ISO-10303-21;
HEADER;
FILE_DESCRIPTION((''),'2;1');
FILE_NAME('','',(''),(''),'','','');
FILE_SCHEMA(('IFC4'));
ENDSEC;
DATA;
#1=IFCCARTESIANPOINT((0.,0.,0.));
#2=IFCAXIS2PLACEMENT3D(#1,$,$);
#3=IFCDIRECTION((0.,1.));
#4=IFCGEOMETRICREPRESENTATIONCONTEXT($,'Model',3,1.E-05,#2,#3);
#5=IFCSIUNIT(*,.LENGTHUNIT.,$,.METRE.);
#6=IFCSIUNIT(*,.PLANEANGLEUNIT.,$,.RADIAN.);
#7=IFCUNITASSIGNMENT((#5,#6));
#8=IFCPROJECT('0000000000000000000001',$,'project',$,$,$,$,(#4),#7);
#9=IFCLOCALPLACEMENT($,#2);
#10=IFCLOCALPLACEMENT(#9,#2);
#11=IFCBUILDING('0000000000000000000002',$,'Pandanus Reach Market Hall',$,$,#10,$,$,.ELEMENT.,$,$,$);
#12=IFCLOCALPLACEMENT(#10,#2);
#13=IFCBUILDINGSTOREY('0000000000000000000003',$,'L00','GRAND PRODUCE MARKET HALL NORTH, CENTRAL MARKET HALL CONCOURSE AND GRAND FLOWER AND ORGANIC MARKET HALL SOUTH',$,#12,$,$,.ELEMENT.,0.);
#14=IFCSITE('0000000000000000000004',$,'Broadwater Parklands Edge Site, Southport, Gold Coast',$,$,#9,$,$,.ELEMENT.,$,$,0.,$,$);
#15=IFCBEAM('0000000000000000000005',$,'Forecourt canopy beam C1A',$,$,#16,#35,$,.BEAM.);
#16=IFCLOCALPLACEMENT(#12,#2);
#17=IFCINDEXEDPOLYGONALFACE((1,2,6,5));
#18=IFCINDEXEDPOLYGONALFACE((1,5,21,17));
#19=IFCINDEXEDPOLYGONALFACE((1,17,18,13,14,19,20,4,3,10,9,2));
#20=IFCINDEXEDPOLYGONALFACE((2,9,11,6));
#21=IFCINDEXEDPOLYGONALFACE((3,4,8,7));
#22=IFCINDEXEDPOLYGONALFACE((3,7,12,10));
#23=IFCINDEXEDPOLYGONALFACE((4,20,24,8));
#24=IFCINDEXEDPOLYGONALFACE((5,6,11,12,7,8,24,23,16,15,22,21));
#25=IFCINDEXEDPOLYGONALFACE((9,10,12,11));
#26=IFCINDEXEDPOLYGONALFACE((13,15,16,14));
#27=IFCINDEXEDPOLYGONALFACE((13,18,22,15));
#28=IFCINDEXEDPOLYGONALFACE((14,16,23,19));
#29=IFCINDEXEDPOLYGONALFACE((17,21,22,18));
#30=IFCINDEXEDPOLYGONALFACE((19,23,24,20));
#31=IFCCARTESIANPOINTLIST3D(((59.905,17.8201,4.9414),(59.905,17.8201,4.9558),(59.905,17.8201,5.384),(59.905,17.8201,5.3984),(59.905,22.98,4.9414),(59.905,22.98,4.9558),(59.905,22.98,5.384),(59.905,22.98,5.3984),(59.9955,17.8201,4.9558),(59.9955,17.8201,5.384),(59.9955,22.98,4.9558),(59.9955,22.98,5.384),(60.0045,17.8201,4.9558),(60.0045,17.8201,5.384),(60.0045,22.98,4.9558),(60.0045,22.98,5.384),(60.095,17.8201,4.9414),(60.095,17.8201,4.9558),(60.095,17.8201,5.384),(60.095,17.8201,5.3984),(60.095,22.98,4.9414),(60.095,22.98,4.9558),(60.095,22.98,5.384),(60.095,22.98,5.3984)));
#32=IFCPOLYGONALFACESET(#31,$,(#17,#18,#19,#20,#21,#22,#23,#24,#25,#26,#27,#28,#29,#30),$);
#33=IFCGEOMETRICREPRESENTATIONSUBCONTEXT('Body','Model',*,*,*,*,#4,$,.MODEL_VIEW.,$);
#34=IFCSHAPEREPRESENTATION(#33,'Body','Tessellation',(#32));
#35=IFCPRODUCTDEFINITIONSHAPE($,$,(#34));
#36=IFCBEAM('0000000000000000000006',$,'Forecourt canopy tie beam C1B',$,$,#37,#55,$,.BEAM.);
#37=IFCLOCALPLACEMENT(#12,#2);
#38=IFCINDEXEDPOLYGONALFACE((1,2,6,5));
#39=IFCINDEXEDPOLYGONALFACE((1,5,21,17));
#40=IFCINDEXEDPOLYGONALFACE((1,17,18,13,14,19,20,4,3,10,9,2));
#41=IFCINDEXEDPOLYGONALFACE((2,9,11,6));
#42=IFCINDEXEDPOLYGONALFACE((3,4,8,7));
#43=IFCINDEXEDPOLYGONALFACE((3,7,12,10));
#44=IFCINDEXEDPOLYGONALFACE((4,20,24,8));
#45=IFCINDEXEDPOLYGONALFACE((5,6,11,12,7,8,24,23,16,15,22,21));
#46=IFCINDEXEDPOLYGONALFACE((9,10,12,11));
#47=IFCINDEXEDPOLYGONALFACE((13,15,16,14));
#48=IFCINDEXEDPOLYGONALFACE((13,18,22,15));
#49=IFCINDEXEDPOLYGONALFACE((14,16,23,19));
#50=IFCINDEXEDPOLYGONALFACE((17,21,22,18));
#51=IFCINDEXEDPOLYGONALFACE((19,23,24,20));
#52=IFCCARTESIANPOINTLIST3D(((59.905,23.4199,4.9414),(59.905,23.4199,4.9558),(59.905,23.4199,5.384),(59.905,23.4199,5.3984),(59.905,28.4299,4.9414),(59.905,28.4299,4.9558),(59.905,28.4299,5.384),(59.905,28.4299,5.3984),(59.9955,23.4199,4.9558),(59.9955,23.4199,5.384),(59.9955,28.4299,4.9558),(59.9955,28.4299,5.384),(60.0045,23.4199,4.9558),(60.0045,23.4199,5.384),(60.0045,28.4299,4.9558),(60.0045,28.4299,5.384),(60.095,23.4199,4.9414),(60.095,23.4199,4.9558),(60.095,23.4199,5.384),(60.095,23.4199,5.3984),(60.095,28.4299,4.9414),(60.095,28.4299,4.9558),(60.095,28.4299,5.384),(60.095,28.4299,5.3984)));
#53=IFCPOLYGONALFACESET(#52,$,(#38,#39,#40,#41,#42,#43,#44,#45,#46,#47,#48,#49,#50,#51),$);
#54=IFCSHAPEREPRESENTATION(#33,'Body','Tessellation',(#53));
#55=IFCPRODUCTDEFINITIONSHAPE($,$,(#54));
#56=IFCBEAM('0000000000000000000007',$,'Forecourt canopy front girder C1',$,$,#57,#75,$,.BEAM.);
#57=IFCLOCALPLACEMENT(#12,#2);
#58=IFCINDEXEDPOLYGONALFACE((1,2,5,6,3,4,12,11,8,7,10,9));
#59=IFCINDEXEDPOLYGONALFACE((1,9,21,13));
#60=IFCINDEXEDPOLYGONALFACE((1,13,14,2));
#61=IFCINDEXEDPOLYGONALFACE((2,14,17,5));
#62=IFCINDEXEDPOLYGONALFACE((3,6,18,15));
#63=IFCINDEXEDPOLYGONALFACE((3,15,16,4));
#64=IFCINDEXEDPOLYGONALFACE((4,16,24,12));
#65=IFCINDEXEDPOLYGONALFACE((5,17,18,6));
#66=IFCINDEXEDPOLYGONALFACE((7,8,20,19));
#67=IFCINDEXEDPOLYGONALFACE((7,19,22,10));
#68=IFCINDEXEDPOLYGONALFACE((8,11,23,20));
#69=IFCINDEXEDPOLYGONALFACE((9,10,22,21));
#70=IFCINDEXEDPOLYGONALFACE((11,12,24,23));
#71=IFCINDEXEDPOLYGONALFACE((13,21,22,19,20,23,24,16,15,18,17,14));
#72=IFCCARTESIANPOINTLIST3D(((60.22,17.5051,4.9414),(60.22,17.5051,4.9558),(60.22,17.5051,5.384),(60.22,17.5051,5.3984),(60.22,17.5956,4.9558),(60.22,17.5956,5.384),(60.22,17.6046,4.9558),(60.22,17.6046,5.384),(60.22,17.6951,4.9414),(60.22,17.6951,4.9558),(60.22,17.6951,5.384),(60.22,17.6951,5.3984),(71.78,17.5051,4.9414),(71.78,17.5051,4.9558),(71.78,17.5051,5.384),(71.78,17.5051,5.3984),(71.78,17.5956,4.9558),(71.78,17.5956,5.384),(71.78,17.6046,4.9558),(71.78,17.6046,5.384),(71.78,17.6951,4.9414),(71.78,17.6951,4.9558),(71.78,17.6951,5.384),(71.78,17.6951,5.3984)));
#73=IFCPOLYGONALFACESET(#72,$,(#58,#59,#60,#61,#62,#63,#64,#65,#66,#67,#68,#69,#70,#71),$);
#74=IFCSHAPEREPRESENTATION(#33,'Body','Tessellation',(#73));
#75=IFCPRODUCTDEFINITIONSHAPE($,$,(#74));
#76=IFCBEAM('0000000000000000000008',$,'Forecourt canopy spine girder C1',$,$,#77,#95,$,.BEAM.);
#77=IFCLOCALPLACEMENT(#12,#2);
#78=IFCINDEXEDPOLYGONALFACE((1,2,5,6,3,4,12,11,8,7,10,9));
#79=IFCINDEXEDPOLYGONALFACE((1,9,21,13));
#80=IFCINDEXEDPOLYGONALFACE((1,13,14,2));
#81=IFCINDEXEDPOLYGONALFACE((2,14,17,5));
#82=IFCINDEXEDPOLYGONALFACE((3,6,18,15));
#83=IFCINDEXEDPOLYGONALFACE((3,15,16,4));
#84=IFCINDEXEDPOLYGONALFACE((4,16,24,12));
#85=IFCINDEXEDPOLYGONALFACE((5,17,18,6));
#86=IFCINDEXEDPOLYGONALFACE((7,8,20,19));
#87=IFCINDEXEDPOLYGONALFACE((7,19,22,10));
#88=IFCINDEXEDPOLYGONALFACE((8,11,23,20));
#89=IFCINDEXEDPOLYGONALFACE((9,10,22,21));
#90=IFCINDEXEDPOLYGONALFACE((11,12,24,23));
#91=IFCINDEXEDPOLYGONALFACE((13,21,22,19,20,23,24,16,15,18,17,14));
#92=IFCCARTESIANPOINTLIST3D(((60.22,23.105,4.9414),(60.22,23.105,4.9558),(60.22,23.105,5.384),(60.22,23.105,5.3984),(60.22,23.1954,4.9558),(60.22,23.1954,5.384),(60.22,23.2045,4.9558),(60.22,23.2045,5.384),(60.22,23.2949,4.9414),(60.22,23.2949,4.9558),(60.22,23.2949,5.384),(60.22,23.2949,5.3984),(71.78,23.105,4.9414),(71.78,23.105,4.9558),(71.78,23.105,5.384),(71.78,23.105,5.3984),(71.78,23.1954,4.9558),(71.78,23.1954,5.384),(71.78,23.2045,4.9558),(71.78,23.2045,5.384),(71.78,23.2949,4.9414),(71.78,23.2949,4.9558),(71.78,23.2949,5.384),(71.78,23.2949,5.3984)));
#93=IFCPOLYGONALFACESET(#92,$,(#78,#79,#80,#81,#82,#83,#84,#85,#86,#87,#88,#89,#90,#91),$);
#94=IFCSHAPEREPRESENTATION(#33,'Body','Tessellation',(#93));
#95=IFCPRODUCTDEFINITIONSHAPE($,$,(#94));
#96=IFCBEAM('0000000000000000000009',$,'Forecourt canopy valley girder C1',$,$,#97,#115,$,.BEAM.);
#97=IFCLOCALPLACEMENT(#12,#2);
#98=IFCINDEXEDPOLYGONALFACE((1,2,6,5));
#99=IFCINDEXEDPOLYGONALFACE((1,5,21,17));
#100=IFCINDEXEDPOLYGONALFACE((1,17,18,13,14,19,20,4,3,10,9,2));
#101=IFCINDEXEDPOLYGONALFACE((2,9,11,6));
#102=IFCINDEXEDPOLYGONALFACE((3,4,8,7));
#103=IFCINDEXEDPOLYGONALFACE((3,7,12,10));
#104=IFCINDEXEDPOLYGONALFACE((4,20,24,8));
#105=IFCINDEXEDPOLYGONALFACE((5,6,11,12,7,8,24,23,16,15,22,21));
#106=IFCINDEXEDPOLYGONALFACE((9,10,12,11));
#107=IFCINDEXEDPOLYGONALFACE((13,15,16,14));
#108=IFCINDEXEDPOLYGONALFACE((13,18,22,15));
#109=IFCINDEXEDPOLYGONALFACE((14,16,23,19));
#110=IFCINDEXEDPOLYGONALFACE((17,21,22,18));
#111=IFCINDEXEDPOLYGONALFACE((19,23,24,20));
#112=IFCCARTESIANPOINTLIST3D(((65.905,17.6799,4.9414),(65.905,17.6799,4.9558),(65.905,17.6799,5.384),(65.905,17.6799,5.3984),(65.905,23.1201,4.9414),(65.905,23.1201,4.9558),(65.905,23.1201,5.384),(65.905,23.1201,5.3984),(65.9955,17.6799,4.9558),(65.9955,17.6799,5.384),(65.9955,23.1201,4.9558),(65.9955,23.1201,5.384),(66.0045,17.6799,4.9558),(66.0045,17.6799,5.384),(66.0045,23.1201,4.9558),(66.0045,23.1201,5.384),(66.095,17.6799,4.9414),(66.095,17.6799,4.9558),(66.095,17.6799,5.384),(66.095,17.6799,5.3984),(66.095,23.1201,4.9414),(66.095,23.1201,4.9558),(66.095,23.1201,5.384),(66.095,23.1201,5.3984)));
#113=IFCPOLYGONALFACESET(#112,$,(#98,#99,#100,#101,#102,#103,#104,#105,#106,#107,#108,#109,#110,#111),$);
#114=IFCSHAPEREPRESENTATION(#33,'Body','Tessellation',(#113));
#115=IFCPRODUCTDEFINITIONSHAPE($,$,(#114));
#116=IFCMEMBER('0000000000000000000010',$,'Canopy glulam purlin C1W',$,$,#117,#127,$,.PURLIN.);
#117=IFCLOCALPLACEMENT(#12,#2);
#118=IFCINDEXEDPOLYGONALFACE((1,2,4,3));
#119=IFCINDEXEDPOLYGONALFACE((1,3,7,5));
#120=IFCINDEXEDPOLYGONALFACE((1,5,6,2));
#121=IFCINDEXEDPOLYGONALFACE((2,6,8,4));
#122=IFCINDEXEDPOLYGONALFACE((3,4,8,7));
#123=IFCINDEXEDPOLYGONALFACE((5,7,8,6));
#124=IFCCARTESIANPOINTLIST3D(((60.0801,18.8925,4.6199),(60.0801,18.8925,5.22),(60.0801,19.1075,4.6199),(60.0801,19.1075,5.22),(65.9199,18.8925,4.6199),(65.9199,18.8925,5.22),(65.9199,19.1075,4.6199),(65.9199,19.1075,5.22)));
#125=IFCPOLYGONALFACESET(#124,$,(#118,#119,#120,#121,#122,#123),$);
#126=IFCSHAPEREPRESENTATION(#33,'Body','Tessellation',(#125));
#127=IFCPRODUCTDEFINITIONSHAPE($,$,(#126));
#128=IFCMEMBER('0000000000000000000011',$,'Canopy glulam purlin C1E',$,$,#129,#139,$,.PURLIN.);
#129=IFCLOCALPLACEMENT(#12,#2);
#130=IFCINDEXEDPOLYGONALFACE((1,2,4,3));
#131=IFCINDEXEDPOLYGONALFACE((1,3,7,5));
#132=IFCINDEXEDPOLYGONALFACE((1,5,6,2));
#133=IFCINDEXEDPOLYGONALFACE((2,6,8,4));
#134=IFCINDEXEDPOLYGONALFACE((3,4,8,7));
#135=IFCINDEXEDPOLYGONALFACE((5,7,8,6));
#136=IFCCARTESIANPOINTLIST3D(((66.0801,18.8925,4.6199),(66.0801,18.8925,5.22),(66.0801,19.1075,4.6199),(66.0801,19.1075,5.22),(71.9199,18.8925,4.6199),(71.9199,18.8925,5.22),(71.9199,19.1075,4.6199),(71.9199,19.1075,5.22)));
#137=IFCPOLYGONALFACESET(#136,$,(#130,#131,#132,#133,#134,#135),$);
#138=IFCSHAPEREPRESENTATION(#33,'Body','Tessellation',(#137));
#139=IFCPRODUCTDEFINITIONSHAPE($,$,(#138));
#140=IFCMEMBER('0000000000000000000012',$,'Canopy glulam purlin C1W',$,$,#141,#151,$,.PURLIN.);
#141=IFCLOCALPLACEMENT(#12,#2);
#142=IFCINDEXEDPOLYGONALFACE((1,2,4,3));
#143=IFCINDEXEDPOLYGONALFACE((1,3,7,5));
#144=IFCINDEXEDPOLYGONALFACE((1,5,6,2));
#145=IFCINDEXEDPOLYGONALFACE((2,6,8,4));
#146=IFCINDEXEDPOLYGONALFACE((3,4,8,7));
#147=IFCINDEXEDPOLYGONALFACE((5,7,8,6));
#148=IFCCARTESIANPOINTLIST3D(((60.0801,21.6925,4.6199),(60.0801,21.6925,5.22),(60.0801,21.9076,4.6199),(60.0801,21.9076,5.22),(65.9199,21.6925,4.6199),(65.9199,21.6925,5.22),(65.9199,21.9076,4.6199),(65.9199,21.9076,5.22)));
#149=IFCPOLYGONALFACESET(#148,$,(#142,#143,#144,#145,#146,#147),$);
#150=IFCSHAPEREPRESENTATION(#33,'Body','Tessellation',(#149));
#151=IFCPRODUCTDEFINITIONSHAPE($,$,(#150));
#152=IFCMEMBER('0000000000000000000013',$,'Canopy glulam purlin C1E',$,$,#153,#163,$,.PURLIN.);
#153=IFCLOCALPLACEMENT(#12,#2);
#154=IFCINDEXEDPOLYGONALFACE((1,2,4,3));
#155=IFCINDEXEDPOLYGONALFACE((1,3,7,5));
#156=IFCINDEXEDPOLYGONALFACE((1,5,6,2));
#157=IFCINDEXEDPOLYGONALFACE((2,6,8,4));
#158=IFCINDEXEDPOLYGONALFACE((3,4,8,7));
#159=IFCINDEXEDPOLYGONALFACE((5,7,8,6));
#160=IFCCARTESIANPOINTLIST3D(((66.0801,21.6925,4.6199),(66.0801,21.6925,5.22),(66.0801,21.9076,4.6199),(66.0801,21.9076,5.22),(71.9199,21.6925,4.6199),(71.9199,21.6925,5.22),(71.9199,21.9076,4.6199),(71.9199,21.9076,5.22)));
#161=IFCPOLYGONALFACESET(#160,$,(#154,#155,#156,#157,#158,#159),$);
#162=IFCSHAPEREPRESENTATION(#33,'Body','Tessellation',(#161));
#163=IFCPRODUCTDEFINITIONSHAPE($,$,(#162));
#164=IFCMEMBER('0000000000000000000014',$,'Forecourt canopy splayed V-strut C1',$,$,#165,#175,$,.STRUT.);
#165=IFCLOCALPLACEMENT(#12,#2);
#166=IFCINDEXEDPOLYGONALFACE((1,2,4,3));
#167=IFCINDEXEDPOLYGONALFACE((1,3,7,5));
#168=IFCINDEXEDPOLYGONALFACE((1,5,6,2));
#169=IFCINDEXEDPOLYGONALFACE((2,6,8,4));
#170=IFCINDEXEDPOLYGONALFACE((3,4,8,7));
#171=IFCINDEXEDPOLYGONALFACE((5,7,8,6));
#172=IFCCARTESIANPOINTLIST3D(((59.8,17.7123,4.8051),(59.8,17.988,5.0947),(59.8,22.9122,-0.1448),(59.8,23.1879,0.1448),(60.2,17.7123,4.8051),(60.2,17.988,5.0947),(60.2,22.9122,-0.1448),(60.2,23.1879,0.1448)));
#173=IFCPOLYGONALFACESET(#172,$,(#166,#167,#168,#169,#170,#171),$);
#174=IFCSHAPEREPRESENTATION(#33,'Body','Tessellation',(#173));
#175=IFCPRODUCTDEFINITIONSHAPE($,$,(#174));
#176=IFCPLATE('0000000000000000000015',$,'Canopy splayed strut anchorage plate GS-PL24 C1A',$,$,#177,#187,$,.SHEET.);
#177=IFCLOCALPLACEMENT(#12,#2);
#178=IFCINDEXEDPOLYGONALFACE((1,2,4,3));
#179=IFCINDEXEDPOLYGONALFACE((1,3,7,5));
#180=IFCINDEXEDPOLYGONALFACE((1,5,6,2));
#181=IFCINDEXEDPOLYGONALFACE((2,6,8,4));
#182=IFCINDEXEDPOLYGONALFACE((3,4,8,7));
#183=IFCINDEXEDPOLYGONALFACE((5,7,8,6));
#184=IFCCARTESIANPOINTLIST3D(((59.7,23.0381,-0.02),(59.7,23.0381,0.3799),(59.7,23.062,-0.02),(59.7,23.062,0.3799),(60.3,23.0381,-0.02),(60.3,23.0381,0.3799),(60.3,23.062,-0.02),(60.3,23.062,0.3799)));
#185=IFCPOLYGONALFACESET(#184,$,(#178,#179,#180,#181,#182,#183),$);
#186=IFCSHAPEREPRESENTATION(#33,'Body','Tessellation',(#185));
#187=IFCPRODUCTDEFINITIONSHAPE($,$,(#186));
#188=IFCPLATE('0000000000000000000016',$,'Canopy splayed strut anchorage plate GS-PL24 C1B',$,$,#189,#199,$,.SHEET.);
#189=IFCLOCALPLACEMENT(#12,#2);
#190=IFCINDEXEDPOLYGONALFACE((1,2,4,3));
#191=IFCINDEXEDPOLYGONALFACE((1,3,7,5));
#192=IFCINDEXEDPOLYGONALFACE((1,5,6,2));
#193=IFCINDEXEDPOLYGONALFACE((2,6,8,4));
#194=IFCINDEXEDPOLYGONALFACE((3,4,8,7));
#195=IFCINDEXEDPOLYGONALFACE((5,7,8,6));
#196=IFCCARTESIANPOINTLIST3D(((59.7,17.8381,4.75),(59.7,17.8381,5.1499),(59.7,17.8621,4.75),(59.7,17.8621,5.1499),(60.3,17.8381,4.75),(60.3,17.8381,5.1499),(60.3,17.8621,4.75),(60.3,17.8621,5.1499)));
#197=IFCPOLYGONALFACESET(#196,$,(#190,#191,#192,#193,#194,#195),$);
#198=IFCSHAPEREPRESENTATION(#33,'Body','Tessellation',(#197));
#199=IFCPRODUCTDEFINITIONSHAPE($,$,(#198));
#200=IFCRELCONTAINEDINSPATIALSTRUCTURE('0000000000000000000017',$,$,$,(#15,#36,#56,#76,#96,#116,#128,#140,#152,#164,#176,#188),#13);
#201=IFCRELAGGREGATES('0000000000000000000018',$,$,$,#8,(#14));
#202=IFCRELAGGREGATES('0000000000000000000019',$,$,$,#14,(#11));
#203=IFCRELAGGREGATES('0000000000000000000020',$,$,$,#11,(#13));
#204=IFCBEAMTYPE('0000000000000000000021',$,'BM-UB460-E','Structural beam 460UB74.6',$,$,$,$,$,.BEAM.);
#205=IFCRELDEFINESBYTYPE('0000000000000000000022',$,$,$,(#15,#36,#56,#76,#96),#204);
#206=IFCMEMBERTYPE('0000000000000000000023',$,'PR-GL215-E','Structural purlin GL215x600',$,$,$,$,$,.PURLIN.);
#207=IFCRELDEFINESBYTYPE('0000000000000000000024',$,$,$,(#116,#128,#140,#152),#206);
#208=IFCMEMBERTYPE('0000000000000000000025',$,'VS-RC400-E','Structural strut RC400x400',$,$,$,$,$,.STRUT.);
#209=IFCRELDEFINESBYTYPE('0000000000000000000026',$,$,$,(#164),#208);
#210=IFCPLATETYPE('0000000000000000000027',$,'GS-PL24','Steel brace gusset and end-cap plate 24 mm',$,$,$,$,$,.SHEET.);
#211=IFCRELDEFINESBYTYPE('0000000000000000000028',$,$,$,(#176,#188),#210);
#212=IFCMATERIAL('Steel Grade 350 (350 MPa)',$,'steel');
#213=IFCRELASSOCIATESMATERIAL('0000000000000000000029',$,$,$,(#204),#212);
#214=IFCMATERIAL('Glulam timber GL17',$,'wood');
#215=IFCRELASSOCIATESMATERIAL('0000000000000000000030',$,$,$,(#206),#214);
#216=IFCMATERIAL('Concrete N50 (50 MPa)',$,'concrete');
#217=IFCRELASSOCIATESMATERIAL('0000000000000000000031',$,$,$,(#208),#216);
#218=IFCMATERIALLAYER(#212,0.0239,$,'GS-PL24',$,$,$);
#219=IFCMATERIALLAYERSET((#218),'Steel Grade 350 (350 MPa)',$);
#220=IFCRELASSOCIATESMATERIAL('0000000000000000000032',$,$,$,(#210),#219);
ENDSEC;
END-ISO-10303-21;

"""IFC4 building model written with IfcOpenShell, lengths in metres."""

from ifc_helpers import new_model, si_unit, direction, frame, origin, origin_2d, place, context, subcontext, project, spatial, rectangle, i_section, extrude, material, layer, layer_set, material_profile, profile_set, type_object, element, save


model = new_model("IFC4")

# Units and contexts
model_context = context("Model", 3, precision=1e-05, world=origin(), true_north=direction((0.0, 1.0)))
body_context = subcontext(model_context, "Body", "Model", "MODEL_VIEW")
ifc_project = project(units=[si_unit("LENGTHUNIT", "METRE"), si_unit("PLANEANGLEUNIT", "RADIAN")], contexts=[model_context])

# Site, building, storey
site_placement = place(None, origin())
site = spatial("IfcSite", under=ifc_project, at=site_placement, Name="Broadwater Parklands Edge Site, Southport, Gold Coast", CompositionType="ELEMENT", RefElevation=0.0)
building_placement = place(site_placement, origin())
building = spatial("IfcBuilding", under=site, at=building_placement, Name="Pandanus Reach Market Hall", CompositionType="ELEMENT")
storey_placement = place(building_placement, origin())
storey = spatial("IfcBuildingStorey", under=building, at=storey_placement, Name="L00", Description="GRAND PRODUCE MARKET HALL NORTH, CENTRAL MARKET HALL CONCOURSE AND GRAND FLOWER AND ORGANIC MARKET HALL SOUTH", CompositionType="ELEMENT", Elevation=0.0)

# Beams
ifc_material_1 = material(Name="Steel Grade 350 (350 MPa)", Category="steel")
ifc_material_profile_1 = material_profile(ifc_material_1, i_section(OverallWidth=0.1899, OverallDepth=0.457, WebThickness=0.009, FlangeThickness=0.0144, at=origin_2d()), Name="460UB74.6", Category="LoadBearing")
ifc_profile_set_1 = profile_set([ifc_material_profile_1], Name="Steel Grade 350 (350 MPa)")
beam_type = type_object("IfcBeamType", Name="BM-UB460-E", Description="Structural beam 460UB74.6", PredefinedType="BEAM", material=ifc_profile_set_1)
beam_1_placement = place(storey_placement, frame((60.0, 17.8201, 5.1699), z_axis=(0.0, 1.0, 0.0), x_axis=(-1.0, 0.0, 0.0)))
element("IfcBeam", 1, at=beam_1_placement, inside=storey, type_object=beam_type, Name="Forecourt canopy beam C1A", PredefinedType="BEAM", context=body_context, shape_type="SweptSolid", body=[
    extrude(i_section(OverallWidth=0.1899, OverallDepth=0.457, WebThickness=0.009, FlangeThickness=0.0144, at=origin_2d()), origin(), (0.0, 0.0, 1.0), 5.1599),
])
beam_2_placement = place(storey_placement, frame((60.0, 23.4199, 5.1699), z_axis=(0.0, 1.0, 0.0), x_axis=(-1.0, 0.0, 0.0)))
element("IfcBeam", 2, at=beam_2_placement, inside=storey, type_object=beam_type, Name="Forecourt canopy tie beam C1B", PredefinedType="BEAM", context=body_context, shape_type="SweptSolid", body=[
    extrude(i_section(OverallWidth=0.1899, OverallDepth=0.457, WebThickness=0.009, FlangeThickness=0.0144, at=origin_2d()), origin(), (0.0, 0.0, 1.0), 5.01),
])
for number, where, z_axis, x_axis, name in (
    (3, (60.22, 17.6001, 5.1699), (1.0, 0.0, 0.0), (0.0, 1.0, 0.0), "Forecourt canopy front girder C1"),
    (4, (60.22, 23.2, 5.1699), (1.0, 0.0, 0.0), (0.0, 1.0, 0.0), "Forecourt canopy spine girder C1"),
):
    element("IfcBeam", number, at=place(storey_placement, frame(where, z_axis=z_axis, x_axis=x_axis)), inside=storey, type_object=beam_type, Name=name, PredefinedType="BEAM", context=body_context, shape_type="SweptSolid", body=[
        extrude(i_section(OverallWidth=0.1899, OverallDepth=0.457, WebThickness=0.009, FlangeThickness=0.0144, at=origin_2d()), origin(), (0.0, 0.0, 1.0), 11.5601),
    ])
beam_3_placement = place(storey_placement, frame((66.0, 17.6799, 5.1699), z_axis=(0.0, 1.0, 0.0), x_axis=(-1.0, 0.0, 0.0)))
element("IfcBeam", 5, at=beam_3_placement, inside=storey, type_object=beam_type, Name="Forecourt canopy valley girder C1", PredefinedType="BEAM", context=body_context, shape_type="SweptSolid", body=[
    extrude(i_section(OverallWidth=0.1899, OverallDepth=0.457, WebThickness=0.009, FlangeThickness=0.0144, at=origin_2d()), origin(), (0.0, 0.0, 1.0), 5.4402),
])

# Members
ifc_material_2 = material(Name="Glulam timber GL17", Category="wood")
ifc_material_profile_2 = material_profile(ifc_material_2, rectangle(XDim=0.2151, YDim=0.6001, at=origin_2d()), Name="GL215x600", Category="LoadBearing")
ifc_profile_set_2 = profile_set([ifc_material_profile_2], Name="Glulam timber GL17")
member_type_1 = type_object("IfcMemberType", Name="PR-GL215-E", Description="Structural purlin GL215x600", PredefinedType="PURLIN", material=ifc_profile_set_2)
for number, where, z_axis, x_axis, name in (
    (6, (60.0801, 19.0, 4.9199), (1.0, 0.0, 0.0), (0.0, 1.0, 0.0), "Canopy glulam purlin C1W"),
    (7, (66.0801, 19.0, 4.9199), (1.0, 0.0, 0.0), (0.0, 1.0, 0.0), "Canopy glulam purlin C1E"),
    (8, (60.0801, 21.8, 4.9199), (1.0, 0.0, 0.0), (0.0, 1.0, 0.0), "Canopy glulam purlin C1W"),
    (9, (66.0801, 21.8, 4.9199), (1.0, 0.0, 0.0), (0.0, 1.0, 0.0), "Canopy glulam purlin C1E"),
):
    element("IfcMember", number, at=place(storey_placement, frame(where, z_axis=z_axis, x_axis=x_axis)), inside=storey, type_object=member_type_1, Name=name, PredefinedType="PURLIN", context=body_context, shape_type="SweptSolid", body=[
        extrude(rectangle(XDim=0.2151, YDim=0.6001, at=origin_2d()), origin(), (0.0, 0.0, 1.0), 5.8398),
    ])
ifc_material_3 = material(Name="Concrete N50 (50 MPa)", Category="concrete")
ifc_material_profile_3 = material_profile(ifc_material_3, rectangle(XDim=0.3999, YDim=0.3999, at=origin_2d()), Name="RC400x400", Category="LoadBearing")
ifc_profile_set_3 = profile_set([ifc_material_profile_3], Name="Concrete N50 (50 MPa)")
member_type_2 = type_object("IfcMemberType", Name="VS-RC400-E", Description="Structural strut RC400x400", PredefinedType="STRUT", material=ifc_profile_set_3)
member_placement = place(storey_placement, frame((60.0, 23.05, 0.0), z_axis=(0.0, -0.724304, 0.689481), x_axis=(1.0, 0.0, 0.0)))
element("IfcMember", 10, at=member_placement, inside=storey, type_object=member_type_2, Name="Forecourt canopy splayed V-strut C1", PredefinedType="STRUT", context=body_context, shape_type="SweptSolid", body=[
    extrude(rectangle(XDim=0.3999, YDim=0.3999, at=origin_2d()), origin(), (0.0, 0.0, 1.0), 7.1792),
])

# Plates
ifc_layer = layer(ifc_material_1, 0.0239, Name="GS-PL24")
ifc_layer_set = layer_set([ifc_layer], Name="Steel Grade 350 (350 MPa)")
plate_type = type_object("IfcPlateType", Name="GS-PL24", Description="Steel brace gusset and end-cap plate 24 mm", PredefinedType="SHEET", material=ifc_layer_set)
for number, where, z_axis, x_axis, name in (
    (11, (60.0, 23.05, -0.02), (0.0, 0.0, 1.0), (1.0, 0.0, 0.0), "Canopy splayed strut anchorage plate GS-PL24 C1A"),
    (12, (60.0, 17.8501, 4.75), (0.0, 0.0, 1.0), (1.0, 0.0, 0.0), "Canopy splayed strut anchorage plate GS-PL24 C1B"),
):
    element("IfcPlate", number, at=place(storey_placement, frame(where, z_axis=z_axis, x_axis=x_axis)), inside=storey, type_object=plate_type, Name=name, PredefinedType="SHEET", context=body_context, shape_type="SweptSolid", body=[
        extrude(rectangle(XDim=0.6001, YDim=0.0239, at=origin_2d()), origin(), (0.0, 0.0, 1.0), 0.3999),
    ])

save(model, "model.ifc")
